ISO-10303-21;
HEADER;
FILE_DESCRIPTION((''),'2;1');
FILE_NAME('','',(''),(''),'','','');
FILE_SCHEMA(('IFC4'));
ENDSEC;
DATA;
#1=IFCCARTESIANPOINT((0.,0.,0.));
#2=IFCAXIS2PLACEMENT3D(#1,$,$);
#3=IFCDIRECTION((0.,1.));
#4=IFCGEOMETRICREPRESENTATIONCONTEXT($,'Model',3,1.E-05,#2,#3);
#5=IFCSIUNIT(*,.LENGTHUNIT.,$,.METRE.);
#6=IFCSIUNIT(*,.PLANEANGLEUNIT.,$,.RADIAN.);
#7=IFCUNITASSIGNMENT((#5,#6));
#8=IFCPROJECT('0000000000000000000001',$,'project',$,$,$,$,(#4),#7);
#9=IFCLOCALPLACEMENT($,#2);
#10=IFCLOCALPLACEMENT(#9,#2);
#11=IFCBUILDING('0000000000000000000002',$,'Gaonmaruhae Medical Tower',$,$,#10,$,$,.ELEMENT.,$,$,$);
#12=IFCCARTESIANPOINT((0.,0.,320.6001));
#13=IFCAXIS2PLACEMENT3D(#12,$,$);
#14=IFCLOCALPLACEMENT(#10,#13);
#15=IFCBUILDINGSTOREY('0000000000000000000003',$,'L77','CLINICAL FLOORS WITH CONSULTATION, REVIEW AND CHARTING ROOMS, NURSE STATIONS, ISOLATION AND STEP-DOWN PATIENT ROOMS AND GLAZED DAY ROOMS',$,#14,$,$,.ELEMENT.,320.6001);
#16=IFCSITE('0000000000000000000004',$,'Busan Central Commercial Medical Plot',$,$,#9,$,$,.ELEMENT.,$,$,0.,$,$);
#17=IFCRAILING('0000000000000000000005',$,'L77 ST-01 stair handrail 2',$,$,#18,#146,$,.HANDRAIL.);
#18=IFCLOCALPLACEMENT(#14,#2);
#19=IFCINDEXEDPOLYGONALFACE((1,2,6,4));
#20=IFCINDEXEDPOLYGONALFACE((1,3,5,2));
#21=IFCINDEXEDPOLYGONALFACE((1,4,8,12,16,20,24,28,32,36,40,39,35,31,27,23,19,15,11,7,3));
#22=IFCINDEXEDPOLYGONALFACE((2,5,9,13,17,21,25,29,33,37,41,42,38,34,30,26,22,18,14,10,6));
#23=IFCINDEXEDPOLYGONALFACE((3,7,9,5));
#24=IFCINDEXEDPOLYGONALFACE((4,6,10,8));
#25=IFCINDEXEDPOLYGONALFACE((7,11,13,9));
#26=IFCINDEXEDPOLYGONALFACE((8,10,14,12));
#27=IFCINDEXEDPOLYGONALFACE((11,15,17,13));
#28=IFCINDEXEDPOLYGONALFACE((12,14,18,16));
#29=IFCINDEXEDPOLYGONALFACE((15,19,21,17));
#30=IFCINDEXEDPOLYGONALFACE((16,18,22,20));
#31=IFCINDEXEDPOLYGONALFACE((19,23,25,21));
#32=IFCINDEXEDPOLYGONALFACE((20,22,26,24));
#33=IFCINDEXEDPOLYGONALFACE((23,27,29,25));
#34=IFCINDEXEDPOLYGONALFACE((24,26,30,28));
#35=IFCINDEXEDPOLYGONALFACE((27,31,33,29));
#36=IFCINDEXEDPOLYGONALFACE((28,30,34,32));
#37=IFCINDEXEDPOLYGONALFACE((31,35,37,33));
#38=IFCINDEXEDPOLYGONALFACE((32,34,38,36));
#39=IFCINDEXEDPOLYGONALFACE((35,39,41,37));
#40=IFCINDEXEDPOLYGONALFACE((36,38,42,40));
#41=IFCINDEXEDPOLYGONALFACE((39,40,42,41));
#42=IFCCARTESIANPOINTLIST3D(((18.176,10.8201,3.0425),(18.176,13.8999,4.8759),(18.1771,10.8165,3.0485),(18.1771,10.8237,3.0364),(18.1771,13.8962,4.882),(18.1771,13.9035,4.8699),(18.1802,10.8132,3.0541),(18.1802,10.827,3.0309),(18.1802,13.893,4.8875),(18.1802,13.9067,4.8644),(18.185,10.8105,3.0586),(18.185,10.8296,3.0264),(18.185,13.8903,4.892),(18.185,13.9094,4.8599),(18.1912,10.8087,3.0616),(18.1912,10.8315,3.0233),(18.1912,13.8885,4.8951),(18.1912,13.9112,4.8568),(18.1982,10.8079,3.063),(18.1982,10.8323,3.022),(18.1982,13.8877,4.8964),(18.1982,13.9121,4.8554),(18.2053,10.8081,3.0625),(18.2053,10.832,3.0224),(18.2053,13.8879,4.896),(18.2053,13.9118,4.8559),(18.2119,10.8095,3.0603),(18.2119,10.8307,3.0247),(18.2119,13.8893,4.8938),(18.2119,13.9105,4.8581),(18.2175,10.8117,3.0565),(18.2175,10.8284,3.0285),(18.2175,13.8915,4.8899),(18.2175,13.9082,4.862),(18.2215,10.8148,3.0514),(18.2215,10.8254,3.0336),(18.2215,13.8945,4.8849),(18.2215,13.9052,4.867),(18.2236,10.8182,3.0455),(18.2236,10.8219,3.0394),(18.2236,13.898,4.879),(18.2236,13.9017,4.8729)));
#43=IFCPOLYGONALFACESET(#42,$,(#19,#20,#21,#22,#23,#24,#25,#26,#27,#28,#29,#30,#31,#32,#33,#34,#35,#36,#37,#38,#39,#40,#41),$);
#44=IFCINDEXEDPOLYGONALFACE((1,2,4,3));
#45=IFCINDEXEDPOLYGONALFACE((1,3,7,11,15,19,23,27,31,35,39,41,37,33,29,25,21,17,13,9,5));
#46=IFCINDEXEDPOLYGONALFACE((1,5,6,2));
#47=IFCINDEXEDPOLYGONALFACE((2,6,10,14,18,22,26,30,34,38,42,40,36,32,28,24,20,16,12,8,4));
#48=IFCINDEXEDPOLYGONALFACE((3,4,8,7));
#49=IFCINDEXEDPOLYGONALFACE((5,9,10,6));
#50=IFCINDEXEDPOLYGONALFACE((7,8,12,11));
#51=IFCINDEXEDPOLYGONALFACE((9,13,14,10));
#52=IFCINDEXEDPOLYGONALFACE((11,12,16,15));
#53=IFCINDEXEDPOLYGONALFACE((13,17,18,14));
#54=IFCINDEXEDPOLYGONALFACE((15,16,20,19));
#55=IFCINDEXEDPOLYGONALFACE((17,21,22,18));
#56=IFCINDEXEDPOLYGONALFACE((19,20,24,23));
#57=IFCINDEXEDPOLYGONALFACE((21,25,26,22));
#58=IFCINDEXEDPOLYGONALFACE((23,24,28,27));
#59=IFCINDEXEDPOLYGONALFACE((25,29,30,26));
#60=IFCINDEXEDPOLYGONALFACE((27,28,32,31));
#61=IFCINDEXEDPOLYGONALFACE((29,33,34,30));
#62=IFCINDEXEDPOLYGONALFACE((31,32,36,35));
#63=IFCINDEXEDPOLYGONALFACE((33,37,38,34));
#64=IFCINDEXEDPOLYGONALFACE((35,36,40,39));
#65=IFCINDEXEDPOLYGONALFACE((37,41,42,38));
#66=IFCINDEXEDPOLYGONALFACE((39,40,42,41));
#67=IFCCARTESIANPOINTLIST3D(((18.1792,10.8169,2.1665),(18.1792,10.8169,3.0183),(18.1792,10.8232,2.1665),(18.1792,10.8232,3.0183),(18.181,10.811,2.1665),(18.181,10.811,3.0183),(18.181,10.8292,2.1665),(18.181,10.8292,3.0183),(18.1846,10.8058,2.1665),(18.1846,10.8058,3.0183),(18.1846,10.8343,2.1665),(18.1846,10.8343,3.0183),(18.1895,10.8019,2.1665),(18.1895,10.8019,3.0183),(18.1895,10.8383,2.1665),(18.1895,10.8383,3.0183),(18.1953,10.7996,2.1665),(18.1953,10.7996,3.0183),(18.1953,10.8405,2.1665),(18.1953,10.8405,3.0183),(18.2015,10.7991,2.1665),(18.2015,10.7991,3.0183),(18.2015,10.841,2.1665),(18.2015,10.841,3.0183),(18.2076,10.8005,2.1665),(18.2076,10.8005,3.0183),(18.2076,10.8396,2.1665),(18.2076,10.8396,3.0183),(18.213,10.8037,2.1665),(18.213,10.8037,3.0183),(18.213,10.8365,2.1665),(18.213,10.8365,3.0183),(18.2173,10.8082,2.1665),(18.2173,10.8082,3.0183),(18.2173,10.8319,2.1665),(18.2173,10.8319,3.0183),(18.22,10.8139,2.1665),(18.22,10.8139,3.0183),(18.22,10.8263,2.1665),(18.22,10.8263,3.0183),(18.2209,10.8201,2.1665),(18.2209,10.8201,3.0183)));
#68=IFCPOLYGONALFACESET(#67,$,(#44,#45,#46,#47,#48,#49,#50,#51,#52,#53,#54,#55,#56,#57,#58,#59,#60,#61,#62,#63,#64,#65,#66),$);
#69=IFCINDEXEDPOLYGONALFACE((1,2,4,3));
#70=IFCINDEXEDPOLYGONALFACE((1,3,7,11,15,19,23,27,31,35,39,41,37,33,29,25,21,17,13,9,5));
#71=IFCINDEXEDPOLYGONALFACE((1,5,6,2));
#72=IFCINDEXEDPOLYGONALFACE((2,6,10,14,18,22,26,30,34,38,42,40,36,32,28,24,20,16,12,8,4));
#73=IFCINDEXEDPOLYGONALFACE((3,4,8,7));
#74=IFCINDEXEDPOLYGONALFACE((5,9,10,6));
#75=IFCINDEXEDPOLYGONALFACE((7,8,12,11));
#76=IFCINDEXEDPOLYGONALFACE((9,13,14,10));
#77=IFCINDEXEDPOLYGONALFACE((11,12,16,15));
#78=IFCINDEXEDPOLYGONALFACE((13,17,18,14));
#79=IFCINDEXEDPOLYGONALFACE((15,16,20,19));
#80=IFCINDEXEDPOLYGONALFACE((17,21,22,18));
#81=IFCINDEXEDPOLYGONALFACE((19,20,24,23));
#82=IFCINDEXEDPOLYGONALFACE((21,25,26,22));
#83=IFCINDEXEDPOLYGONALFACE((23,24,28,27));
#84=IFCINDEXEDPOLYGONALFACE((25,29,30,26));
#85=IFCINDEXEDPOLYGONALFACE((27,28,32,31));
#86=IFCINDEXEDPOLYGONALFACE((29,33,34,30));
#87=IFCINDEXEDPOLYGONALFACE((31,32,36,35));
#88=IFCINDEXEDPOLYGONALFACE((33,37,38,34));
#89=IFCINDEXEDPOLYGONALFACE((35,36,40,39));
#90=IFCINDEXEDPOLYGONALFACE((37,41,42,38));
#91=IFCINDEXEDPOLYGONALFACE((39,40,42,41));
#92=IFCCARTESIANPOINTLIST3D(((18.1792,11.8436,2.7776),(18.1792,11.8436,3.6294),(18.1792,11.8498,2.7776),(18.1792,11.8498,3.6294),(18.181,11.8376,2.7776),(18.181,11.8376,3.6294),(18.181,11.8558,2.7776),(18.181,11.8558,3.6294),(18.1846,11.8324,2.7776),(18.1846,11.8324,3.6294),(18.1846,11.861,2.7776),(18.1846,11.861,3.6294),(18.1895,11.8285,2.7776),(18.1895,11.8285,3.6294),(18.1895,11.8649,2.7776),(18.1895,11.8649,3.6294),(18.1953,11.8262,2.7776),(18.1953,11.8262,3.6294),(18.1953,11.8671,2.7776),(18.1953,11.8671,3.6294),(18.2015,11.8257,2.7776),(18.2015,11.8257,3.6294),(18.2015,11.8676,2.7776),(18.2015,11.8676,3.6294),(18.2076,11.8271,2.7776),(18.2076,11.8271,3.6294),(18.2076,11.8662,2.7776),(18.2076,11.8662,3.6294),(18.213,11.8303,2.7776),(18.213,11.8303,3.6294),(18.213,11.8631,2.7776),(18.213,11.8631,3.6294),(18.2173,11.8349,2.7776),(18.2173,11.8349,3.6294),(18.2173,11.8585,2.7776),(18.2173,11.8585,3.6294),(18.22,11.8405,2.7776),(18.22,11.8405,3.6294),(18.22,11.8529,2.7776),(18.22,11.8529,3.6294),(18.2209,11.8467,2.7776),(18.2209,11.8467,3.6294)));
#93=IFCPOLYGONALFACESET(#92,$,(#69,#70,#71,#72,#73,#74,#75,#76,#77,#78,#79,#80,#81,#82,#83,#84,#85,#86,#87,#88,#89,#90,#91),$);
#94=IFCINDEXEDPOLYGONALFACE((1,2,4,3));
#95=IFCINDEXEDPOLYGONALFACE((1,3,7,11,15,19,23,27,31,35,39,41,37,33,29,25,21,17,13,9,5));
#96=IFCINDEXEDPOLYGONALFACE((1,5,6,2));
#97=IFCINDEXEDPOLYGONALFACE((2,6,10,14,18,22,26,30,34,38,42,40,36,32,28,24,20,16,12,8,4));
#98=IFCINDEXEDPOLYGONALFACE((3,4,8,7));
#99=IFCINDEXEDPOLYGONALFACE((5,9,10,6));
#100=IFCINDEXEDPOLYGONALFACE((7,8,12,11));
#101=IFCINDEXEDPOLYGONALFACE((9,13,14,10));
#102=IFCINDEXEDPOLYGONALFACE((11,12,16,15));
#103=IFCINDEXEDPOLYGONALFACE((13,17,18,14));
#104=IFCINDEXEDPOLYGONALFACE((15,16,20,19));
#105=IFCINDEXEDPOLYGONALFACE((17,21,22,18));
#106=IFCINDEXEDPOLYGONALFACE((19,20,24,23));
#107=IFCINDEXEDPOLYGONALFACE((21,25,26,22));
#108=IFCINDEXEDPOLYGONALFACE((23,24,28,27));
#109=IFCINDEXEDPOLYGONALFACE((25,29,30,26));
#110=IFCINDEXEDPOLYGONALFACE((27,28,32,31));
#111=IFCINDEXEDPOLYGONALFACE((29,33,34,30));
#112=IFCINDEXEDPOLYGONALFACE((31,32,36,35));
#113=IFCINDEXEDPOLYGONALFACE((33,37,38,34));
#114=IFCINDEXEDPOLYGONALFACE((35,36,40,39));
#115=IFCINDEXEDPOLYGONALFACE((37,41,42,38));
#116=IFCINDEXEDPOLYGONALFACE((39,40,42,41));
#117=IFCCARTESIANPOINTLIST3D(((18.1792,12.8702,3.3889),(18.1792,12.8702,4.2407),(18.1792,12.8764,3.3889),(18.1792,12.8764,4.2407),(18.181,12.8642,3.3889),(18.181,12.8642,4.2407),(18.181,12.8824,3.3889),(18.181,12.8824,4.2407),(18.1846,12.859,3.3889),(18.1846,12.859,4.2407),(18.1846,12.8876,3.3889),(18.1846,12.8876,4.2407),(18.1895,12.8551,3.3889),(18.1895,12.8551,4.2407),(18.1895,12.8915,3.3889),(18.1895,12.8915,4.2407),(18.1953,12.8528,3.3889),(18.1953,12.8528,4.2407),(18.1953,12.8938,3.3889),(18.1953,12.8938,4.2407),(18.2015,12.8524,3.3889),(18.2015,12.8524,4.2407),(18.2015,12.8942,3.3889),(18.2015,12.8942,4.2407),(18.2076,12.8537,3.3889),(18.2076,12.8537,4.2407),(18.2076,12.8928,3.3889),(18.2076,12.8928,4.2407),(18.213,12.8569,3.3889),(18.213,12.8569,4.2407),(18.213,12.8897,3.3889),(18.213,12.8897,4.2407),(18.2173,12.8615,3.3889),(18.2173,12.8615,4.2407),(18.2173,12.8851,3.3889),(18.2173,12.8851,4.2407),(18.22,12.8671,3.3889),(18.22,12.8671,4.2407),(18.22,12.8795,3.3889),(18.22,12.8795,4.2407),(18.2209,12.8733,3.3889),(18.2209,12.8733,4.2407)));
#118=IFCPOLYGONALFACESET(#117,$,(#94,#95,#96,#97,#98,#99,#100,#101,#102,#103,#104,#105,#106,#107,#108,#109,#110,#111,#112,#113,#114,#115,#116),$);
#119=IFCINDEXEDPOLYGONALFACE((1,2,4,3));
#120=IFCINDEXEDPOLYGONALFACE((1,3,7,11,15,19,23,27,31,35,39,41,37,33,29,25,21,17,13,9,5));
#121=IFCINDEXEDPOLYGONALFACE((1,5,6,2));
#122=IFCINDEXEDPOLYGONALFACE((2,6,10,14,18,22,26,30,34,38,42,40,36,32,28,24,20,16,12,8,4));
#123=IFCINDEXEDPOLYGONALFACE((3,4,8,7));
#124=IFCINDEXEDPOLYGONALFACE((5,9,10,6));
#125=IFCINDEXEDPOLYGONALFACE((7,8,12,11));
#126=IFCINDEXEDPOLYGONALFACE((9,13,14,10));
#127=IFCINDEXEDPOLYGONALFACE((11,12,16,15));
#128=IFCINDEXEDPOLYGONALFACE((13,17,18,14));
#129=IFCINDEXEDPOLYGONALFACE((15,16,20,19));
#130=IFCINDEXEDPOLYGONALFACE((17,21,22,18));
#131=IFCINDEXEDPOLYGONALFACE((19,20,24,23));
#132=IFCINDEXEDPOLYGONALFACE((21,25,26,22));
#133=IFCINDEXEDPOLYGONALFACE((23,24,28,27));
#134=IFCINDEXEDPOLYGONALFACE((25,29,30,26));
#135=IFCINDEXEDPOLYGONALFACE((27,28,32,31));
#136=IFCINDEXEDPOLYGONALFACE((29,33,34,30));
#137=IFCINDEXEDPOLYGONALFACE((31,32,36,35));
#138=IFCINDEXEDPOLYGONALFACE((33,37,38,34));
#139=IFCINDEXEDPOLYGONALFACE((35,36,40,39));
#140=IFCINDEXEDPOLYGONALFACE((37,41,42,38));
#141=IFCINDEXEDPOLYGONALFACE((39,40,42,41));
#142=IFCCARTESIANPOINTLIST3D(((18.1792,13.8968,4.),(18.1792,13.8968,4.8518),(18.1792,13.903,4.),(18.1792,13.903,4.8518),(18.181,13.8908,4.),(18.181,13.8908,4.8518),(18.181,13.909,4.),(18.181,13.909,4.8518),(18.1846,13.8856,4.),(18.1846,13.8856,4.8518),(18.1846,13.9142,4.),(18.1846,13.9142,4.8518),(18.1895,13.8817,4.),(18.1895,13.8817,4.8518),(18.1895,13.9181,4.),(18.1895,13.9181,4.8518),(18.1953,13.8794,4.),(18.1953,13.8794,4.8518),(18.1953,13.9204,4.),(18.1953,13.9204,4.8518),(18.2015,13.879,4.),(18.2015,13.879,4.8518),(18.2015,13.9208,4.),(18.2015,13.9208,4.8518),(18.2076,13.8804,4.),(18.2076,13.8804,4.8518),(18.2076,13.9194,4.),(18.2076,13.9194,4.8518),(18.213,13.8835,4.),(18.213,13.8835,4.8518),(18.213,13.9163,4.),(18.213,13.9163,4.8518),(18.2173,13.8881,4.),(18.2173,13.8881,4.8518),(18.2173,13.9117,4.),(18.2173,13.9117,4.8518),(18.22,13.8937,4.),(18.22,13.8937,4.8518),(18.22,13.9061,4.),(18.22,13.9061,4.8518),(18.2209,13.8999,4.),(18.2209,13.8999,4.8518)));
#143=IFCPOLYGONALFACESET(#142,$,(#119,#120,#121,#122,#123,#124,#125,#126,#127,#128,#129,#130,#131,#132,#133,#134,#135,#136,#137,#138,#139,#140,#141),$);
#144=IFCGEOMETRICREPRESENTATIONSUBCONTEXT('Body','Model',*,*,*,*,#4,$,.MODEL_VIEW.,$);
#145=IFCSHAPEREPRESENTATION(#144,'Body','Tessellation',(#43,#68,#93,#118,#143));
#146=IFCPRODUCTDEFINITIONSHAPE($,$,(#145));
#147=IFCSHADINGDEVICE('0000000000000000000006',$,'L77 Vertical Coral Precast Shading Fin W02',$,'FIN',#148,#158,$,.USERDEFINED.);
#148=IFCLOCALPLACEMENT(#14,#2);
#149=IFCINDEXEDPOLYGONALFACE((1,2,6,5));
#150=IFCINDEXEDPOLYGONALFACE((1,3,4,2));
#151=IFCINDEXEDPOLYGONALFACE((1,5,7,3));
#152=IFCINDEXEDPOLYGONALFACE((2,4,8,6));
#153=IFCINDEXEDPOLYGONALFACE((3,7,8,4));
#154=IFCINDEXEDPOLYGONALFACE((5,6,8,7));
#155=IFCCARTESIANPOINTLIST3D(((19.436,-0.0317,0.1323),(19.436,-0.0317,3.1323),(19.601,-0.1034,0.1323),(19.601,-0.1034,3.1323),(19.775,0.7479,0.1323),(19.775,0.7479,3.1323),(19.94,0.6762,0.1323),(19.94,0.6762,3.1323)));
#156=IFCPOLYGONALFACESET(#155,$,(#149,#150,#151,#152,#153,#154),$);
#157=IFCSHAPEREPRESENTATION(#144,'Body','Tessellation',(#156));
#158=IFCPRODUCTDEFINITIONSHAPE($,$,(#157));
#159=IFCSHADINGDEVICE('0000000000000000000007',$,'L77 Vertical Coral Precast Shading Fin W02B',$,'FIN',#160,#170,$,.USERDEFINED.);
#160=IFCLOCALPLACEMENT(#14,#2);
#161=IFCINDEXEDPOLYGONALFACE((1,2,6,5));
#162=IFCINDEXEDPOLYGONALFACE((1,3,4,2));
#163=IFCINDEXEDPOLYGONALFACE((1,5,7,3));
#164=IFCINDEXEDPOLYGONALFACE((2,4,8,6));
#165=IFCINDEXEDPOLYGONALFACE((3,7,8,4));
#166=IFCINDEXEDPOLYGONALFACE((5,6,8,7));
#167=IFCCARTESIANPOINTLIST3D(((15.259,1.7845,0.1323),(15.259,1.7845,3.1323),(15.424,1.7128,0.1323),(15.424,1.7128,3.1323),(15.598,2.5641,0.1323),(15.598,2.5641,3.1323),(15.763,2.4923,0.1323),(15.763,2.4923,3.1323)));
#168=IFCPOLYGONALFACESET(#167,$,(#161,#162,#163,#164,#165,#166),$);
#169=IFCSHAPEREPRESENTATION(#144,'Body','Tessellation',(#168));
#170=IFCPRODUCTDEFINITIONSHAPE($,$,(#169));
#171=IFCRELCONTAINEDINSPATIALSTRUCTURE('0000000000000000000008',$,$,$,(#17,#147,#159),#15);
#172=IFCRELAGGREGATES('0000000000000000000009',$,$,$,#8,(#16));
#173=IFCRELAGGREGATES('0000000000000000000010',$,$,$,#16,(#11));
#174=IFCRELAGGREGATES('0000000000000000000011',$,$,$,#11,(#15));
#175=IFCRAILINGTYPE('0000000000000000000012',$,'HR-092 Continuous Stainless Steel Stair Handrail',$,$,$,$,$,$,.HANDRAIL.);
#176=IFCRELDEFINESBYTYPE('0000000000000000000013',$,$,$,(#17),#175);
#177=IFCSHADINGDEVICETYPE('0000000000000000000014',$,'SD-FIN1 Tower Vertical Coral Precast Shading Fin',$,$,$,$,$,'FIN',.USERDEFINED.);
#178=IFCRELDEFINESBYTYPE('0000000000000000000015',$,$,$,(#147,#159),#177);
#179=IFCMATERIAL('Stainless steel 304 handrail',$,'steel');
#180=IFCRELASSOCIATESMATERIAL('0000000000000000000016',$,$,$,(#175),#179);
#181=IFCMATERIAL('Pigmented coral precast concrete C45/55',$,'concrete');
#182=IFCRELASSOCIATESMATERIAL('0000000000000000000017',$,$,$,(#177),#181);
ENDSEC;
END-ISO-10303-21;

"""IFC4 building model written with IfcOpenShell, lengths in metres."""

from ifc_helpers import new_model, si_unit, direction, frame, origin, origin_2d, place, context, subcontext, project, spatial, rectangle, circle, extrude, material, type_object, element, save


model = new_model("IFC4")

# Units and contexts
model_context = context("Model", 3, precision=1e-05, world=origin(), true_north=direction((0.0, 1.0)))
body_context = subcontext(model_context, "Body", "Model", "MODEL_VIEW")
ifc_project = project(units=[si_unit("LENGTHUNIT", "METRE"), si_unit("PLANEANGLEUNIT", "RADIAN")], contexts=[model_context])

# Site, building, storey
site_placement = place(None, origin())
site = spatial("IfcSite", under=ifc_project, at=site_placement, Name="Busan Central Commercial Medical Plot", CompositionType="ELEMENT", RefElevation=0.0)
building_placement = place(site_placement, origin())
building = spatial("IfcBuilding", under=site, at=building_placement, Name="Gaonmaruhae Medical Tower", CompositionType="ELEMENT")
storey_placement = place(building_placement, frame((0.0, 0.0, 320.6001)))
storey = spatial("IfcBuildingStorey", under=building, at=storey_placement, Name="L77", Description="CLINICAL FLOORS WITH CONSULTATION, REVIEW AND CHARTING ROOMS, NURSE STATIONS, ISOLATION AND STEP-DOWN PATIENT ROOMS AND GLAZED DAY ROOMS", CompositionType="ELEMENT", Elevation=320.6001)

# Railing
ifc_material_1 = material(Name="Stainless steel 304 handrail", Category="steel")
railing_type_1 = type_object("IfcRailingType", Name="HR-092 Continuous Stainless Steel Stair Handrail", PredefinedType="HANDRAIL", material=ifc_material_1)
railing_1_placement = place(storey_placement, frame((18.2, 10.8201, 2.1665)))
element("IfcRailing", 1, at=railing_1_placement, inside=storey, type_object=railing_type_1, Name="L77 ST-01 stair handrail 2", PredefinedType="HANDRAIL", context=body_context, shape_type="SweptSolid", body=[
    extrude(circle(Radius=0.0239, at=origin_2d()), frame((0.0, 0.0, 0.876), z_axis=(0.0, 0.859261, 0.511538), x_axis=(-1.0, 0.0, 0.0)), (0.0, 0.0, 1.0), 3.5842),
    extrude(circle(Radius=0.021, at=origin_2d()), origin(), (0.0, 0.0, 1.0), 0.8518),
    extrude(circle(Radius=0.021, at=origin_2d()), frame((0.0, 1.0266, 0.6111)), (0.0, 0.0, 1.0), 0.8518),
    extrude(circle(Radius=0.021, at=origin_2d()), frame((0.0, 2.0532, 1.2224)), (0.0, 0.0, 1.0), 0.8518),
    extrude(circle(Radius=0.021, at=origin_2d()), frame((0.0, 3.0798, 1.8335)), (0.0, 0.0, 1.0), 0.8518),
])

# Shading devices
ifc_material_2 = material(Name="Pigmented coral precast concrete C45/55", Category="concrete")
shading_device_type = type_object("IfcShadingDeviceType", Name="SD-FIN1 Tower Vertical Coral Precast Shading Fin", ElementType="FIN", PredefinedType="USERDEFINED", material=ifc_material_2)
for number, where, z_axis, x_axis, name in (
    (2, (19.688, 0.3223, 0.1323), (0.0, 0.0, 1.0), (-0.91706, 0.398749, 0.0), "L77 Vertical Coral Precast Shading Fin W02"),
    (3, (15.511, 2.1384, 0.1323), (0.0, 0.0, 1.0), (-0.91706, 0.398749, 0.0), "L77 Vertical Coral Precast Shading Fin W02B"),
):
    element("IfcShadingDevice", number, at=place(storey_placement, frame(where, z_axis=z_axis, x_axis=x_axis)), inside=storey, type_object=shading_device_type, Name=name, ObjectType="FIN", PredefinedType="USERDEFINED", context=body_context, shape_type="SweptSolid", body=[
        extrude(rectangle(XDim=0.1799, YDim=0.8501, at=origin_2d()), origin(), (0.0, 0.0, 1.0), 3.0),
    ])

save(model, "model.ifc")
